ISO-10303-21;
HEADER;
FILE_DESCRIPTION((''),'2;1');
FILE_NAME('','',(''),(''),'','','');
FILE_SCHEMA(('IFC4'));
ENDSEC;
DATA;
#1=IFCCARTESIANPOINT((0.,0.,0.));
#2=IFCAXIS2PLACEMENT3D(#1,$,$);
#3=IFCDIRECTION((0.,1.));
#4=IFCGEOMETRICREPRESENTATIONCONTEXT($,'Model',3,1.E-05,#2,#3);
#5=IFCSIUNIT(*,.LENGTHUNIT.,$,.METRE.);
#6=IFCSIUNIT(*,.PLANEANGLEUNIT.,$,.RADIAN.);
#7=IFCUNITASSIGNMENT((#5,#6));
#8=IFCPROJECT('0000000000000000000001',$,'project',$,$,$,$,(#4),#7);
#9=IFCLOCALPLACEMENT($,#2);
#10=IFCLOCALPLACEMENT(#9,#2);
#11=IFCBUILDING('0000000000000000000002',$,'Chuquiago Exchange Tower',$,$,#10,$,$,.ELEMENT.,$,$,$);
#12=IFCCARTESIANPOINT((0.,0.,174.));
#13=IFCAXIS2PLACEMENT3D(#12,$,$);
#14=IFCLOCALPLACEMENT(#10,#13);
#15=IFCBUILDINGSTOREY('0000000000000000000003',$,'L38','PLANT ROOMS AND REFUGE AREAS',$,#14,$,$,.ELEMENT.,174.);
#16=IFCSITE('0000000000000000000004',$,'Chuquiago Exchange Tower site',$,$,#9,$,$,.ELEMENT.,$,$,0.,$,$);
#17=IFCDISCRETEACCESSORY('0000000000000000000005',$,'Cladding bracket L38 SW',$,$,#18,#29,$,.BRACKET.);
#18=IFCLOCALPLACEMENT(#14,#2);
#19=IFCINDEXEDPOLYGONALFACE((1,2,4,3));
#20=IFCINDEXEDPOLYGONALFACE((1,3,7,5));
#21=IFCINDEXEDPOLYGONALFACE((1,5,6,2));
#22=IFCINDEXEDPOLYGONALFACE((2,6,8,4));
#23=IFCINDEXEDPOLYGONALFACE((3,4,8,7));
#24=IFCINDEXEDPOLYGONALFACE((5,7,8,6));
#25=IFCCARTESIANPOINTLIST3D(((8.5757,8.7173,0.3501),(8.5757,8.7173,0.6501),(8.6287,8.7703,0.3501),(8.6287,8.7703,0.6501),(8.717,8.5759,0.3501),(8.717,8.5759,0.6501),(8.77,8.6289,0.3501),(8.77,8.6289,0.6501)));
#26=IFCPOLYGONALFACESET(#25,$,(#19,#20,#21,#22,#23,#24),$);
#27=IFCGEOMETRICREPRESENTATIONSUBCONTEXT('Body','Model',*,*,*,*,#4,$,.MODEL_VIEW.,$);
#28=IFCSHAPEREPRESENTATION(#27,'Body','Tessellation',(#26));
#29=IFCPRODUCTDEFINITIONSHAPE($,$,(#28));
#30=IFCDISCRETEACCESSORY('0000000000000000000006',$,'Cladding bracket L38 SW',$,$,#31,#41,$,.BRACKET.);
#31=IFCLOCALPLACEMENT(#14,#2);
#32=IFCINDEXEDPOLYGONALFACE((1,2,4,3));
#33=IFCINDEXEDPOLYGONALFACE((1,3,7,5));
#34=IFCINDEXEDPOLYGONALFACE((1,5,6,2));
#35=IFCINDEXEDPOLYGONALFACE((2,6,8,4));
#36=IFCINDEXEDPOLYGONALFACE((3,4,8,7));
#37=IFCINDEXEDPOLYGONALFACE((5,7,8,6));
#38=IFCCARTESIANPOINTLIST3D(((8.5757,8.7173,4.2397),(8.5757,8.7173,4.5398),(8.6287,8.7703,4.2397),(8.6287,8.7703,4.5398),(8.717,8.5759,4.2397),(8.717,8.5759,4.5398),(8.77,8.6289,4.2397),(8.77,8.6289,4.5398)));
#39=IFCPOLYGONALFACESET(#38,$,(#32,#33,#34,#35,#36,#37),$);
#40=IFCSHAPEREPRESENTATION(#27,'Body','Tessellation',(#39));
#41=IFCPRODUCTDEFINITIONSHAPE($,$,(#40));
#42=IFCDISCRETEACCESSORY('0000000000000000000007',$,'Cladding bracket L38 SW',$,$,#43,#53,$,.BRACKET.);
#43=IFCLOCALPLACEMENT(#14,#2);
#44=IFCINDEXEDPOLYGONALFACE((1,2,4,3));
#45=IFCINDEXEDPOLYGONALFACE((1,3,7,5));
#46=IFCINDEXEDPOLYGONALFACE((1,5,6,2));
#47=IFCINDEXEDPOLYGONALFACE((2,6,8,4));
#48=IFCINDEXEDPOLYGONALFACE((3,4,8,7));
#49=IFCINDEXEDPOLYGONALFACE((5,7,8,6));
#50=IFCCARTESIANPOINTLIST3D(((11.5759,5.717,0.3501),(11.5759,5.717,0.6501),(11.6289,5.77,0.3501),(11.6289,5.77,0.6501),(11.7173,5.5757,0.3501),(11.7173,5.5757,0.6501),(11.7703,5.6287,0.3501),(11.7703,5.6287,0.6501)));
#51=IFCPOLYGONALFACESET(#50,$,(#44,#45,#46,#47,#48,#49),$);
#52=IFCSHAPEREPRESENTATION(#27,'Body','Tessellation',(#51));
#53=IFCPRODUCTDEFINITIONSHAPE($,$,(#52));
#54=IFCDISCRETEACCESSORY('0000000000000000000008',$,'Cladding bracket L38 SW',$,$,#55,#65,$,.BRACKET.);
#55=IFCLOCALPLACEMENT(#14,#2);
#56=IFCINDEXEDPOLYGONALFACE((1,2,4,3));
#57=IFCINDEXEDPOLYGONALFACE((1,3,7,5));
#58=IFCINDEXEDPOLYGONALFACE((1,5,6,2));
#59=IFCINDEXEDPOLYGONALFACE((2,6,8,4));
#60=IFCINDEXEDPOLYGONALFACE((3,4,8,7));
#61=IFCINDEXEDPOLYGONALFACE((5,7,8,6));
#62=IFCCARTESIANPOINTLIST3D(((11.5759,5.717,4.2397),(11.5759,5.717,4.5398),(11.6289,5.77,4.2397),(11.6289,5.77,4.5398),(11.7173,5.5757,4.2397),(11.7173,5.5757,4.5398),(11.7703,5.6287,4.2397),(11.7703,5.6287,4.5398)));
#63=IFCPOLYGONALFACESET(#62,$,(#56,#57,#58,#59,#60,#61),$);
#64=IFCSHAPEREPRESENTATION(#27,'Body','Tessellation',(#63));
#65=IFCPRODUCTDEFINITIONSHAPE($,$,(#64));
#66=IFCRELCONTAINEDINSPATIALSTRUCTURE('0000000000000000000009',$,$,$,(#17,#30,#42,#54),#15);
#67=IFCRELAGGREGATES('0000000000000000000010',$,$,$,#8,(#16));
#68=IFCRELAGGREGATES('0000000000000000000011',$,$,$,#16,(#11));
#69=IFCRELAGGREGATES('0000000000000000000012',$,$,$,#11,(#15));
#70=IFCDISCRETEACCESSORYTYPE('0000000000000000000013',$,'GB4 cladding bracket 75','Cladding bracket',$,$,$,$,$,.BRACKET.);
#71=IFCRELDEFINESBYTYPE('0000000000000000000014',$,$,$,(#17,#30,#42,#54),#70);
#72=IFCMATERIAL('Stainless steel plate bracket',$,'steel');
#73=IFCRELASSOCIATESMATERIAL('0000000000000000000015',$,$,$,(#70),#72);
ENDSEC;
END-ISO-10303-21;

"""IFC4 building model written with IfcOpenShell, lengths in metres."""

from ifc_helpers import new_model, si_unit, direction, frame, origin, origin_2d, place, context, subcontext, project, spatial, rectangle, extrude, material, type_object, element, save


model = new_model("IFC4")

# Units and contexts
model_context = context("Model", 3, precision=1e-05, world=origin(), true_north=direction((0.0, 1.0)))
body_context = subcontext(model_context, "Body", "Model", "MODEL_VIEW")
ifc_project = project(units=[si_unit("LENGTHUNIT", "METRE"), si_unit("PLANEANGLEUNIT", "RADIAN")], contexts=[model_context])

# Site, building, storey
site_placement = place(None, origin())
site = spatial("IfcSite", under=ifc_project, at=site_placement, Name="Chuquiago Exchange Tower site", CompositionType="ELEMENT", RefElevation=0.0)
building_placement = place(site_placement, origin())
building = spatial("IfcBuilding", under=site, at=building_placement, Name="Chuquiago Exchange Tower", CompositionType="ELEMENT")
storey_placement = place(building_placement, frame((0.0, 0.0, 174.0)))
storey = spatial("IfcBuildingStorey", under=building, at=storey_placement, Name="L38", Description="PLANT ROOMS AND REFUGE AREAS", CompositionType="ELEMENT", Elevation=174.0)

# Discrete accessories
ifc_material_1 = material(Name="Stainless steel plate bracket", Category="steel")
discrete_accessory_type = type_object("IfcDiscreteAccessoryType", Name="GB4 cladding bracket 75", Description="Cladding bracket", PredefinedType="BRACKET", material=ifc_material_1)
for number, where, z_axis, x_axis, name in (
    (1, (8.6729, 8.6731, 0.3501), (0.0, 0.0, 1.0), (0.707107, -0.707107, 0.0), "Cladding bracket L38 SW"),
    (2, (8.6729, 8.6731, 4.2397), (0.0, 0.0, 1.0), (0.707107, -0.707107, 0.0), "Cladding bracket L38 SW"),
    (3, (11.6731, 5.6729, 0.3501), (0.0, 0.0, 1.0), (0.707107, -0.707107, 0.0), "Cladding bracket L38 SW"),
    (4, (11.6731, 5.6729, 4.2397), (0.0, 0.0, 1.0), (0.707107, -0.707107, 0.0), "Cladding bracket L38 SW"),
):
    element("IfcDiscreteAccessory", number, at=place(storey_placement, frame(where, z_axis=z_axis, x_axis=x_axis)), inside=storey, type_object=discrete_accessory_type, Name=name, PredefinedType="BRACKET", context=body_context, shape_type="SweptSolid", body=[
        extrude(rectangle(XDim=0.2, YDim=0.075, at=origin_2d()), origin(), (0.0, 0.0, 1.0), 0.3),
    ])

save(model, "model.ifc")
